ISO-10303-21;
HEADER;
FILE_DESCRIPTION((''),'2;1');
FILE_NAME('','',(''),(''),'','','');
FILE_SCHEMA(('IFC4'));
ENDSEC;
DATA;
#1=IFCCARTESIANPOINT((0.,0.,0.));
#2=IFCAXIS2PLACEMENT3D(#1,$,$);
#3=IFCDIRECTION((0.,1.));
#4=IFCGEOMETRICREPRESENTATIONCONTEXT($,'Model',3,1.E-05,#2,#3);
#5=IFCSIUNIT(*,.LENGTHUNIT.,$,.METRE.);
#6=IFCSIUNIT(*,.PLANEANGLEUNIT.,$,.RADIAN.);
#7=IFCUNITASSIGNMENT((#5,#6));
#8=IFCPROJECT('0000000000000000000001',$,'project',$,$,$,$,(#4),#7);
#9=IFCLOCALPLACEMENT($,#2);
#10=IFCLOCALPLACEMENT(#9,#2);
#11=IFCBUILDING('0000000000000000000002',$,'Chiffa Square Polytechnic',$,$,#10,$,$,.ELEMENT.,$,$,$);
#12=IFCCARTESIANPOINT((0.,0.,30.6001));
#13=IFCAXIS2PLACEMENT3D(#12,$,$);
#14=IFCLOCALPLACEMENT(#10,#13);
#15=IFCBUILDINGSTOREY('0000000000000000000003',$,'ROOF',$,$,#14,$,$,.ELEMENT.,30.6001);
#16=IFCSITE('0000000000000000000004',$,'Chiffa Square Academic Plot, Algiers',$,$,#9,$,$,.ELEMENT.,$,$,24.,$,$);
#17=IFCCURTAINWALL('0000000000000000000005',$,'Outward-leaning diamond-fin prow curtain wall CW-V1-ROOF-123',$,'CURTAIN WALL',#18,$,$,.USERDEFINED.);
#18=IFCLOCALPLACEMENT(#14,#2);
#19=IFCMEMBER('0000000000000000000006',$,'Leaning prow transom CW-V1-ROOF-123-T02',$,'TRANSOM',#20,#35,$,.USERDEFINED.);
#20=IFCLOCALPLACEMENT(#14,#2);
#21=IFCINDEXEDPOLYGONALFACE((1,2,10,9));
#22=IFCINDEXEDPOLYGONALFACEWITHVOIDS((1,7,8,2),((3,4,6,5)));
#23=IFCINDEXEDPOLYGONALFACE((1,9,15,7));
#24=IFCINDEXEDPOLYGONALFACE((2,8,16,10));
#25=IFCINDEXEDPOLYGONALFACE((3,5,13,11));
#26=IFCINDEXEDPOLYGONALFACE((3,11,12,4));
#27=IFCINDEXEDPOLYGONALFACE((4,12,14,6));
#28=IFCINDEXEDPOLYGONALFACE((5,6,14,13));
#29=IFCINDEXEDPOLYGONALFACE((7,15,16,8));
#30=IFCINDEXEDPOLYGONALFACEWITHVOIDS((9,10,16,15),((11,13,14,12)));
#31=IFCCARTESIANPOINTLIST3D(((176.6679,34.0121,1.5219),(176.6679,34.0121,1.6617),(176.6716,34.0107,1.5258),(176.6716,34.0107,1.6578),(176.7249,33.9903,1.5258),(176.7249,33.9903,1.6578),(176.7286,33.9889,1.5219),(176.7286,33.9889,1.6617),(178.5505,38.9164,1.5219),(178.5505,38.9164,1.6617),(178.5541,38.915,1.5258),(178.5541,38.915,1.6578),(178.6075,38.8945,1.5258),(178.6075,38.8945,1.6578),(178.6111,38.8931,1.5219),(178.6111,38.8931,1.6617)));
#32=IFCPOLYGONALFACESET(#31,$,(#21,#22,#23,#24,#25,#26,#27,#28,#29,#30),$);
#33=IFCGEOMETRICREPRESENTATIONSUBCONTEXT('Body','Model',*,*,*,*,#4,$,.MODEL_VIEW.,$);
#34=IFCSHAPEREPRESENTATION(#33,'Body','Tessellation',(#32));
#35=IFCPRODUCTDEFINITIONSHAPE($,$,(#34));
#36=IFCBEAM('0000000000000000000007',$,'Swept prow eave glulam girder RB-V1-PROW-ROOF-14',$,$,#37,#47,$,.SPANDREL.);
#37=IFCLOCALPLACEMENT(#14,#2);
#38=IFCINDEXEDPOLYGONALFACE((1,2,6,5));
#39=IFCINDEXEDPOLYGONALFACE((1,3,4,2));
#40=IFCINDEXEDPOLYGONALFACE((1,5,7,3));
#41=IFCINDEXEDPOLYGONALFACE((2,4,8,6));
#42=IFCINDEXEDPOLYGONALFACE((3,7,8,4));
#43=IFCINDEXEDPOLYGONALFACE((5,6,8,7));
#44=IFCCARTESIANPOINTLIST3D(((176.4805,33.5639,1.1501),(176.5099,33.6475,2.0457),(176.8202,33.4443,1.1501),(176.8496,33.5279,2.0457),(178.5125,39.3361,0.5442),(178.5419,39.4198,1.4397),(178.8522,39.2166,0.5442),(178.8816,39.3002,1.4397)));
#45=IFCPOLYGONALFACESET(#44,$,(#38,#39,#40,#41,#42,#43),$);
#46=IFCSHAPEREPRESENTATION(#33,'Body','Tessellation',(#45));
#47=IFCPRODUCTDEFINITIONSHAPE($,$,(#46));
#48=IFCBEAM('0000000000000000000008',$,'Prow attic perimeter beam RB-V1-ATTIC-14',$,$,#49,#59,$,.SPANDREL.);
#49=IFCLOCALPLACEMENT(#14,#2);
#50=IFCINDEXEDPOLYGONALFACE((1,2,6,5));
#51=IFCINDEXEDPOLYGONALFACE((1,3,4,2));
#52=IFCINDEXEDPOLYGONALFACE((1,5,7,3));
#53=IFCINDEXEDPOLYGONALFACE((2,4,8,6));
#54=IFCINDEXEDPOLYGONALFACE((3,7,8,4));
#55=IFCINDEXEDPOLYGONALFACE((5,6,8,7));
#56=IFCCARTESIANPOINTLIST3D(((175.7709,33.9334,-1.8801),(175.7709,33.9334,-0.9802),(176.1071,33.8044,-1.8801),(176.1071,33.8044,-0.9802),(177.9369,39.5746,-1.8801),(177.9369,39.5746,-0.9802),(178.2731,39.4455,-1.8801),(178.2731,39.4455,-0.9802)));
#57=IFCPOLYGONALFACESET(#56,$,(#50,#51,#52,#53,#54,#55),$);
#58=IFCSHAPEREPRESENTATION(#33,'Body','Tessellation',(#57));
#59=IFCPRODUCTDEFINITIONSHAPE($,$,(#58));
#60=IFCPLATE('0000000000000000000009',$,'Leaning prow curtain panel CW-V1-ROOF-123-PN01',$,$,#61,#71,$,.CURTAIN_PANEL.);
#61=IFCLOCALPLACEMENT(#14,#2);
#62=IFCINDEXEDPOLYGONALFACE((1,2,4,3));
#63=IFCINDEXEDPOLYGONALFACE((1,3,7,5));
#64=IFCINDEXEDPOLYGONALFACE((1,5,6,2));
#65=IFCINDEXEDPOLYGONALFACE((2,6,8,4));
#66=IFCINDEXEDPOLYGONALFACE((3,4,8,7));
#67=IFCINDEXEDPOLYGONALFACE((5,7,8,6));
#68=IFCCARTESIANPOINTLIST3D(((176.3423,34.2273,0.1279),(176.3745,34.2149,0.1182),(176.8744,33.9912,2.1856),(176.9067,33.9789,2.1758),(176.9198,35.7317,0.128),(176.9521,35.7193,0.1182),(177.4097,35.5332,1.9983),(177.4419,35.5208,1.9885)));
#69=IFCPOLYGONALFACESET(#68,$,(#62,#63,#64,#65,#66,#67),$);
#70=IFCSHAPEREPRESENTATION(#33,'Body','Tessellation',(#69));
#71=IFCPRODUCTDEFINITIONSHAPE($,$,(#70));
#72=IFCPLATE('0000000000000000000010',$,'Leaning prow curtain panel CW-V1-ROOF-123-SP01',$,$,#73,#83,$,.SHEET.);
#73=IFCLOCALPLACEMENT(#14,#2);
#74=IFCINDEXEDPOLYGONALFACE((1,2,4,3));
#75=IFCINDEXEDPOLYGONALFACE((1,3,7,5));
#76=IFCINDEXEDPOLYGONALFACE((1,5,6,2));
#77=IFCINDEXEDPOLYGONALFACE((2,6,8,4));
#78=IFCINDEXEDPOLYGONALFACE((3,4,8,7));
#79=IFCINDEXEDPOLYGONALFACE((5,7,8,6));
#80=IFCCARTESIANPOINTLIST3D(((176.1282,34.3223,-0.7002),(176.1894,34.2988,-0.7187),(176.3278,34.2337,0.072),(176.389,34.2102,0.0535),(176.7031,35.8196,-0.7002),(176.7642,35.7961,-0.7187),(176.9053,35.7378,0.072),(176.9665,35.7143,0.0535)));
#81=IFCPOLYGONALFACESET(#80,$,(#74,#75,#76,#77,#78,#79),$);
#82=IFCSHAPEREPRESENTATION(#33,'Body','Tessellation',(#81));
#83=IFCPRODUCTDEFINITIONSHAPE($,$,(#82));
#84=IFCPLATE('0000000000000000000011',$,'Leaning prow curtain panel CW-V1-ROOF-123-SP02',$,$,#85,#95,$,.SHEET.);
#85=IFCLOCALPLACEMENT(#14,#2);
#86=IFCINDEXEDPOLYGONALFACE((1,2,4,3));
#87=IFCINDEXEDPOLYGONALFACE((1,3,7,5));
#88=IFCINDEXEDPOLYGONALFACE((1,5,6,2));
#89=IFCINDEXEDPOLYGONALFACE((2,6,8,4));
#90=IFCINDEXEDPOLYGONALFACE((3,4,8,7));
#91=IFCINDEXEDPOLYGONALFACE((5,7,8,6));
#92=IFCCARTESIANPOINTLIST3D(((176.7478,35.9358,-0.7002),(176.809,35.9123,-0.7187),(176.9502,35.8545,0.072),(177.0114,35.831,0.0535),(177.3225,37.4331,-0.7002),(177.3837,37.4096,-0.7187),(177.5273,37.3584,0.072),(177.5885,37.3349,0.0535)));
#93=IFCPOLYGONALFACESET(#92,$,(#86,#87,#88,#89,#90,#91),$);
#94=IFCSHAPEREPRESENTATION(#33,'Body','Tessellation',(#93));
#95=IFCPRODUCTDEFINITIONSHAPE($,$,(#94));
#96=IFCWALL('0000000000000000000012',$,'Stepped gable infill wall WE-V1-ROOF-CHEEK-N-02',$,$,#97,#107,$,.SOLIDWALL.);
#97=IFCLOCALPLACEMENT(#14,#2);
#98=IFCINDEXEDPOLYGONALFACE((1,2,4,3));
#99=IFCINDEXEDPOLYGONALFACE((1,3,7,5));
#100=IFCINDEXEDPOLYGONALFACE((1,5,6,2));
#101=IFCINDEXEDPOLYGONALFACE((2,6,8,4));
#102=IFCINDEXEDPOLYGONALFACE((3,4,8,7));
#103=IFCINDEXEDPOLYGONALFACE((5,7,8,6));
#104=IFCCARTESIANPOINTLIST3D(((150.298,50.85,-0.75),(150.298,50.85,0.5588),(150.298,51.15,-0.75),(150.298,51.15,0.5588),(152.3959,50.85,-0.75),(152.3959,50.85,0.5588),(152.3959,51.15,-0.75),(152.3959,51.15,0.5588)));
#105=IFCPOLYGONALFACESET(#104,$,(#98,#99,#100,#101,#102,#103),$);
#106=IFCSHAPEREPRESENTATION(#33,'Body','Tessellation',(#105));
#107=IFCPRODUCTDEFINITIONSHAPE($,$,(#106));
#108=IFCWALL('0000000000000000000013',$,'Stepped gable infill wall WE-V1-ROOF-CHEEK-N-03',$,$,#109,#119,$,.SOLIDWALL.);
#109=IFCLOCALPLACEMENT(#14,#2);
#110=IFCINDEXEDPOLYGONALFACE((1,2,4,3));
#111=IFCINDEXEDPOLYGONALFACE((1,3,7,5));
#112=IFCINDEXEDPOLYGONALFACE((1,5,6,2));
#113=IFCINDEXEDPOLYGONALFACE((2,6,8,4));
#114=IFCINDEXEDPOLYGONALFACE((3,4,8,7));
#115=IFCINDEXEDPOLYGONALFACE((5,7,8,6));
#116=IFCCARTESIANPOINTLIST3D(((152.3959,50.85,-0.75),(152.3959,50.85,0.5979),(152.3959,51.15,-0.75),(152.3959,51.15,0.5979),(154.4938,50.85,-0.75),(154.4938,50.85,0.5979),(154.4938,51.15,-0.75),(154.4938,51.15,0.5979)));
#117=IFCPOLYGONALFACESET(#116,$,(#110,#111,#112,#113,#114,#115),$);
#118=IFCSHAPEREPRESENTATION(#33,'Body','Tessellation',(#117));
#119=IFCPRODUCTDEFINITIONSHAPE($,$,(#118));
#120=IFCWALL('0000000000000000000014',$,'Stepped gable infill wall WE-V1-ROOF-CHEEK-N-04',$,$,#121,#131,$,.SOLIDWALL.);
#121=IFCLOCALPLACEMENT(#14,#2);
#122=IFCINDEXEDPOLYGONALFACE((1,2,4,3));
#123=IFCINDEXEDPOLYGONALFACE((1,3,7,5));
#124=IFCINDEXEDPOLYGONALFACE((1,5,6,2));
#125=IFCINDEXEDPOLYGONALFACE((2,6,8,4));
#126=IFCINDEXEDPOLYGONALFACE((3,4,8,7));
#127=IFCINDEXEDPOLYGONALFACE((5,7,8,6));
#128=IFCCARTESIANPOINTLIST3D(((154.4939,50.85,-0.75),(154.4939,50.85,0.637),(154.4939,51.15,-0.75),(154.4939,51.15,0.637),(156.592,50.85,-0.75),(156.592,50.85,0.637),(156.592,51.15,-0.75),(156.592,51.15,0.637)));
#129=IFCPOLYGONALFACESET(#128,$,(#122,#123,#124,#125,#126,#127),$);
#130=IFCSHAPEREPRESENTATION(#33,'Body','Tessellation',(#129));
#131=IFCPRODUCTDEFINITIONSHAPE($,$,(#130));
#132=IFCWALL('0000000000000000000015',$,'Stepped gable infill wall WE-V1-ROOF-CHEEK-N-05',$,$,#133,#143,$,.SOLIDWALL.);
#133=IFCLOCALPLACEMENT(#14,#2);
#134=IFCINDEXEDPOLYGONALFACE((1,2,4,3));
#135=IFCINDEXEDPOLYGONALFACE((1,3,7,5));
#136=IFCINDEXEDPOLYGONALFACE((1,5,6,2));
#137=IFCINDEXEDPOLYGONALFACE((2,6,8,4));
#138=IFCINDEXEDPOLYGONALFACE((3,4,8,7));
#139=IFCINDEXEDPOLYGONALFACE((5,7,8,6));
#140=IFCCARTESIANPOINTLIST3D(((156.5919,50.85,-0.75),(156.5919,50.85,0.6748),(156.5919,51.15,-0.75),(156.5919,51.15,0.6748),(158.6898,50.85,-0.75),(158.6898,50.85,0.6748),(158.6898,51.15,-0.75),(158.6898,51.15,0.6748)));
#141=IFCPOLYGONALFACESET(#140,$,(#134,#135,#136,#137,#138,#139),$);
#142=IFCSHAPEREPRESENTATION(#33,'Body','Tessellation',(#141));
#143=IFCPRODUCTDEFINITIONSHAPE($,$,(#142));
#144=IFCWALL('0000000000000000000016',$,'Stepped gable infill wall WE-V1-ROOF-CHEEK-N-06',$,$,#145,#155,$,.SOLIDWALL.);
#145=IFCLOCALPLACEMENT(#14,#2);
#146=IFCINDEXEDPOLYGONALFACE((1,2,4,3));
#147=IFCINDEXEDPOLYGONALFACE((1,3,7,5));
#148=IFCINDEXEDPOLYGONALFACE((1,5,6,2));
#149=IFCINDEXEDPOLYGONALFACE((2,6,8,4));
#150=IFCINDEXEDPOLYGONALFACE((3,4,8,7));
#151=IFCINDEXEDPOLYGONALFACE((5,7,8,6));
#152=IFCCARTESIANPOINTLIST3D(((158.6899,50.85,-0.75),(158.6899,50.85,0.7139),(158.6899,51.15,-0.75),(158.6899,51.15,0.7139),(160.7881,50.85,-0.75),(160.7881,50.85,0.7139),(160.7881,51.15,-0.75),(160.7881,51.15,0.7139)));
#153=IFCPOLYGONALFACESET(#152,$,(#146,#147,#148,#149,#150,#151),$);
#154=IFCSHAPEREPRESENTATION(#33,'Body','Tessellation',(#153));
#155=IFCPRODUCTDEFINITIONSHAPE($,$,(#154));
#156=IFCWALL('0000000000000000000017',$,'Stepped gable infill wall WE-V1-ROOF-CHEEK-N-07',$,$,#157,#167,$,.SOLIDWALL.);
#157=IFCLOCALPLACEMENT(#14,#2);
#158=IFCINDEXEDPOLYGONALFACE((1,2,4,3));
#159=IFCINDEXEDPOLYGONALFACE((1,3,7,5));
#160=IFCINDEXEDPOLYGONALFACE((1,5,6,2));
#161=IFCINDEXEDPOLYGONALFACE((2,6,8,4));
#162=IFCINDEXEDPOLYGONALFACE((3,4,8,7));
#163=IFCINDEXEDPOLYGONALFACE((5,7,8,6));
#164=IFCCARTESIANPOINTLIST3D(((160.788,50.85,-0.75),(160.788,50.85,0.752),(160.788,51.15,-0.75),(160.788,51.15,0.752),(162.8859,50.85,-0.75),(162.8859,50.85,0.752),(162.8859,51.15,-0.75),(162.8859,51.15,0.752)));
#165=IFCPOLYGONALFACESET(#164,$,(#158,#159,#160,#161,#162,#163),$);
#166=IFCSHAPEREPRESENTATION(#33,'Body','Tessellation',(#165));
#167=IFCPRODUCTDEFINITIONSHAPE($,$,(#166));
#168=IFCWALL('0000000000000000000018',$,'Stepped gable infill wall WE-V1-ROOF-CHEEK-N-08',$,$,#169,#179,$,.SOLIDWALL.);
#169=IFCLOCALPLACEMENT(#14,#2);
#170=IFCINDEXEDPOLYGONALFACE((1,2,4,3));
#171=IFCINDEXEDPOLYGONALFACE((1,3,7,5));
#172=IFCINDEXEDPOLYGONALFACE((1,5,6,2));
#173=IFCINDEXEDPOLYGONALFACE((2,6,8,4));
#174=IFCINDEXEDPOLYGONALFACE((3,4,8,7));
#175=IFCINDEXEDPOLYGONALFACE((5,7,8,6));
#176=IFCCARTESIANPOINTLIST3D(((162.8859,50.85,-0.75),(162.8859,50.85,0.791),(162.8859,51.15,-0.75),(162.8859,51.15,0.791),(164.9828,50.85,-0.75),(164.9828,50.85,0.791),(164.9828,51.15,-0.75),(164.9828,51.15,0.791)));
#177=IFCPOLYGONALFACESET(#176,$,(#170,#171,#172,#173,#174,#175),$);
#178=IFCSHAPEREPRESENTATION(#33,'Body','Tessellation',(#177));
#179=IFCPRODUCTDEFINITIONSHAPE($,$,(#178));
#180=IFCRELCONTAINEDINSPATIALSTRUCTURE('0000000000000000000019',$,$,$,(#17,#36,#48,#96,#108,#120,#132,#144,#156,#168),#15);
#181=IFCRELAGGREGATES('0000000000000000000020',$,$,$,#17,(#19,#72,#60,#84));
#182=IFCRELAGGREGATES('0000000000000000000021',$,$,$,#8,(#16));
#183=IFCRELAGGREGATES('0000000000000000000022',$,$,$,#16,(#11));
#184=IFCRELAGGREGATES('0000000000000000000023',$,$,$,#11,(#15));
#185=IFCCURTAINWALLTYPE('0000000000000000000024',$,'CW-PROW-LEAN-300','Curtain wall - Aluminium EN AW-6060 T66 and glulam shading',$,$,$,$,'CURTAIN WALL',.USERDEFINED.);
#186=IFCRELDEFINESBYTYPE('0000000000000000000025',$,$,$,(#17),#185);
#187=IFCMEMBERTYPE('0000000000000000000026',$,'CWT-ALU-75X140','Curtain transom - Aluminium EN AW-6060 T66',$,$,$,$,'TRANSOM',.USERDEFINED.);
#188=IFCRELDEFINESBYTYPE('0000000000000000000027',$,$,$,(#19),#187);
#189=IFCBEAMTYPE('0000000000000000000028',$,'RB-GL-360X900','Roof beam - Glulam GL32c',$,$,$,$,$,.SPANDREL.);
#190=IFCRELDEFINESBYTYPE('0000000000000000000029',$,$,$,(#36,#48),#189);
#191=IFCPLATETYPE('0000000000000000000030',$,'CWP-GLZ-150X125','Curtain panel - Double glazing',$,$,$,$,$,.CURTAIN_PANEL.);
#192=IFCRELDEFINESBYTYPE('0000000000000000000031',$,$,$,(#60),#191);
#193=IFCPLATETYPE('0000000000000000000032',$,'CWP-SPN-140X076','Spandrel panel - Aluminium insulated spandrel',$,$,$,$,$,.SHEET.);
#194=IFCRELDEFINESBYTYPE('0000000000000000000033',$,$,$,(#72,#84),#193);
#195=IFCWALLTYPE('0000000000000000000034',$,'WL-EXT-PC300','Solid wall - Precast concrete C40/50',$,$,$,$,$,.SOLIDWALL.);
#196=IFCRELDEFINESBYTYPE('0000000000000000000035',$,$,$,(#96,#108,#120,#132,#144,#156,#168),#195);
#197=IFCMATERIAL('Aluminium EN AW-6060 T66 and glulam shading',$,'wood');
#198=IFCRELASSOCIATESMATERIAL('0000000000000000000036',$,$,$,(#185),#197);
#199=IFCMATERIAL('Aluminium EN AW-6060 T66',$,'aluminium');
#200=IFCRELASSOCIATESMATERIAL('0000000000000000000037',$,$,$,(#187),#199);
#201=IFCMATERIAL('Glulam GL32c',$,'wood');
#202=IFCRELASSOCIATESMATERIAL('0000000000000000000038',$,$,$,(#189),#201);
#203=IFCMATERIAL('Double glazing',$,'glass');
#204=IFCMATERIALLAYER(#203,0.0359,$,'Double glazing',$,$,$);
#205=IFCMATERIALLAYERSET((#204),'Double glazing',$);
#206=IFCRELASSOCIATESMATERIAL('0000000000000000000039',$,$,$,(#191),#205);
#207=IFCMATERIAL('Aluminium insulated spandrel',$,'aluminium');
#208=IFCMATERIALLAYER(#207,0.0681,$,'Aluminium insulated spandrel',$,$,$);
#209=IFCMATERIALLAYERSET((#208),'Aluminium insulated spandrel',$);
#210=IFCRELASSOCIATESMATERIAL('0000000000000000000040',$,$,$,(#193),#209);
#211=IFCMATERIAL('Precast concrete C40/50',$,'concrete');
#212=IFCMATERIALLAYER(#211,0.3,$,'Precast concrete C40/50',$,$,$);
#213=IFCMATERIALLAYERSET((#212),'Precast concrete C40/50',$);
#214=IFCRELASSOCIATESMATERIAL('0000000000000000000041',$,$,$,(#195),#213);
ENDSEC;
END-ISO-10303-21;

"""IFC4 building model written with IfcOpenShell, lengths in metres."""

from ifc_helpers import new_model, si_unit, direction, frame, frame_2d, origin, origin_2d, place, context, subcontext, project, spatial, polyline, rectangle, hollow_rectangle, outline, extrude, material, layer, layer_set, material_profile, profile_set, type_object, element, aggregate, save


model = new_model("IFC4")

# Units and contexts
model_context = context("Model", 3, precision=1e-05, world=origin(), true_north=direction((0.0, 1.0)))
body_context = subcontext(model_context, "Body", "Model", "MODEL_VIEW")
ifc_project = project(units=[si_unit("LENGTHUNIT", "METRE"), si_unit("PLANEANGLEUNIT", "RADIAN")], contexts=[model_context])

# Site, building, storey
site_placement = place(None, origin())
site = spatial("IfcSite", under=ifc_project, at=site_placement, Name="Chiffa Square Academic Plot, Algiers", CompositionType="ELEMENT", RefElevation=24.0)
building_placement = place(site_placement, origin())
building = spatial("IfcBuilding", under=site, at=building_placement, Name="Chiffa Square Polytechnic", CompositionType="ELEMENT")
storey_placement = place(building_placement, frame((0.0, 0.0, 30.6001)))
storey = spatial("IfcBuildingStorey", under=building, at=storey_placement, Name="ROOF", CompositionType="ELEMENT", Elevation=30.6001)

# Shared definitions
ifc_material_1 = material(Name="Glulam GL32c", Category="wood")

# Curtain wall, member
ifc_material_2 = material(Name="Aluminium EN AW-6060 T66 and glulam shading", Category="wood")
curtain_wall_type = type_object("IfcCurtainWallType", Name="CW-PROW-LEAN-300", Description="Curtain wall - Aluminium EN AW-6060 T66 and glulam shading", ElementType="CURTAIN WALL", PredefinedType="USERDEFINED", material=ifc_material_2)
curtain_wall_placement = place(storey_placement, origin())
curtain_wall = element("IfcCurtainWall", 1, at=curtain_wall_placement, inside=storey, type_object=curtain_wall_type, Name="Outward-leaning diamond-fin prow curtain wall CW-V1-ROOF-123", ObjectType="CURTAIN WALL", PredefinedType="USERDEFINED")
ifc_material_3 = material(Name="Aluminium EN AW-6060 T66", Category="aluminium")
ifc_material_profile_1 = material_profile(ifc_material_3, hollow_rectangle(XDim=0.0649, YDim=0.1399, WallThickness=0.0039, at=origin_2d()), Name="ALU 65x140x4")
ifc_profile_set_1 = profile_set([ifc_material_profile_1], Name="Aluminium EN AW-6060 T66")
member_type_1 = type_object("IfcMemberType", Name="CWT-ALU-75X140", Description="Curtain transom - Aluminium EN AW-6060 T66", ElementType="TRANSOM", PredefinedType="USERDEFINED", material=ifc_profile_set_1)
member_1_placement = place(storey_placement, frame((176.6982, 34.0005, 1.5918), z_axis=(0.358365, 0.933581, 0.0), x_axis=(-0.933581, 0.358365, 0.0)))
member_1 = element("IfcMember", 2, at=member_1_placement, type_object=member_type_1, Name="Leaning prow transom CW-V1-ROOF-123-T02", ObjectType="TRANSOM", PredefinedType="USERDEFINED", context=body_context, shape_type="SweptSolid", body=[
    extrude(hollow_rectangle(XDim=0.0649, YDim=0.1399, WallThickness=0.0039, at=origin_2d()), origin(), (0.0, 0.0, 1.0), 5.2532),
])

# Beams
ifc_material_profile_2 = material_profile(ifc_material_1, rectangle(XDim=0.3601, YDim=0.8999, at=origin_2d()), Name="GL32c 360x900")
ifc_profile_set_2 = profile_set([ifc_material_profile_2], Name="Glulam GL32c")
beam_type_1 = type_object("IfcBeamType", Name="RB-GL-360X900", Description="Roof beam - Glulam GL32c", PredefinedType="SPANDREL", material=ifc_profile_set_2)
beam_1_placement = place(storey_placement, frame((176.665, 33.5459, 1.5979), z_axis=(0.330438, 0.93867, -0.09854), x_axis=(-0.94326, 0.332054, 0.0)))
element("IfcBeam", 3, at=beam_1_placement, inside=storey, type_object=beam_type_1, Name="Swept prow eave glulam girder RB-V1-PROW-ROOF-14", PredefinedType="SPANDREL", context=body_context, shape_type="SweptSolid", body=[
    extrude(rectangle(XDim=0.3601, YDim=0.8999, at=origin_2d()), origin(), (0.0, 0.0, 1.0), 6.1494),
])
beam_2_placement = place(storey_placement, frame((175.939, 33.8689, -1.4302), z_axis=(0.358454, 0.933547, 0.0), x_axis=(-0.933547, 0.358454, 0.0)))
element("IfcBeam", 4, at=beam_2_placement, inside=storey, type_object=beam_type_1, Name="Prow attic perimeter beam RB-V1-ATTIC-14", PredefinedType="SPANDREL", context=body_context, shape_type="SweptSolid", body=[
    extrude(rectangle(XDim=0.3601, YDim=0.8999, at=origin_2d()), origin(), (0.0, 0.0, 1.0), 6.0427),
])

# Plates
ifc_material_4 = material(Name="Double glazing", Category="glass")
ifc_layer_1 = layer(ifc_material_4, 0.0359, Name="Double glazing")
ifc_layer_set_1 = layer_set([ifc_layer_1], Name="Double glazing")
plate_type_1 = type_object("IfcPlateType", Name="CWP-GLZ-150X125", Description="Curtain panel - Double glazing", PredefinedType="CURTAIN_PANEL", material=ifc_layer_set_1)
plate_1_placement = place(storey_placement, frame((176.3423, 34.2273, 0.1279), z_axis=(-0.898402, 0.344884, 0.2719), x_axis=(0.358391, 0.933572, 0.000018)))
plate_1 = element("IfcPlate", 5, at=plate_1_placement, type_object=plate_type_1, Name="Leaning prow curtain panel CW-V1-ROOF-123-PN01", PredefinedType="CURTAIN_PANEL", context=body_context, shape_type="SweptSolid", body=[
    extrude(outline(polyline([(0.0, 0.0), (1.6115, 0.0), (1.6017, -1.9436), (-0.0296, -2.1382), (0.0, 0.0)])), origin(), (0.0, 0.0, -1.0), 0.0359),
])
ifc_material_5 = material(Name="Aluminium insulated spandrel", Category="aluminium")
ifc_layer_2 = layer(ifc_material_5, 0.0681, Name="Aluminium insulated spandrel")
ifc_layer_set_2 = layer_set([ifc_layer_2], Name="Aluminium insulated spandrel")
plate_type_2 = type_object("IfcPlateType", Name="CWP-SPN-140X076", Description="Spandrel panel - Aluminium insulated spandrel", PredefinedType="SHEET", material=ifc_layer_set_2)
plate_2_placement = place(storey_placement, frame((176.1282, 34.3223, -0.7002), z_axis=(-0.89841, 0.344924, 0.271821), x_axis=(0.358423, 0.933559, 0.000014)))
plate_2 = element("IfcPlate", 6, at=plate_2_placement, type_object=plate_type_2, Name="Leaning prow curtain panel CW-V1-ROOF-123-SP01", PredefinedType="SHEET", context=body_context, shape_type="SweptSolid", body=[
    extrude(outline(polyline([(0.0, 0.0), (1.6039, 0.0), (1.6, -0.8024), (-0.0111, -0.8025), (0.0, 0.0)])), origin(), (0.0, 0.0, -1.0), 0.0681),
])
plate_3_placement = place(storey_placement, frame((176.7478, 35.9358, -0.7002), z_axis=(-0.898472, 0.34483, 0.271735), x_axis=(0.358314, 0.933601, 0.000007)))
plate_3 = element("IfcPlate", 7, at=plate_3_placement, type_object=plate_type_2, Name="Leaning prow curtain panel CW-V1-ROOF-123-SP02", PredefinedType="SHEET", context=body_context, shape_type="SweptSolid", body=[
    extrude(outline(polyline([(0.0, 0.0), (1.6038, 0.0), (1.6075, -0.8024), (-0.0034, -0.8024), (0.0, 0.0)])), origin(), (0.0, 0.0, -1.0), 0.0681),
])
aggregate(curtain_wall, [member_1, plate_2, plate_1, plate_3])

# Walls
ifc_material_6 = material(Name="Precast concrete C40/50", Category="concrete")
ifc_layer_3 = layer(ifc_material_6, 0.3, Name="Precast concrete C40/50")
ifc_layer_set_3 = layer_set([ifc_layer_3], Name="Precast concrete C40/50")
wall_type = type_object("IfcWallType", Name="WL-EXT-PC300", Description="Solid wall - Precast concrete C40/50", PredefinedType="SOLIDWALL", material=ifc_layer_set_3)
wall_1_placement = place(storey_placement, frame((150.2981, 51.0, -0.75), z_axis=(0.0, 0.0, 1.0), x_axis=(1.0, 0.0, 0.0)))
element("IfcWall", 8, at=wall_1_placement, inside=storey, type_object=wall_type, Name="Stepped gable infill wall WE-V1-ROOF-CHEEK-N-02", PredefinedType="SOLIDWALL", context=body_context, shape_type="SweptSolid", body=[
    extrude(rectangle(XDim=2.0979, YDim=0.3, at=frame_2d((1.0488, 0.0))), origin(), (0.0, 0.0, 1.0), 1.3088),
])
wall_2_placement = place(storey_placement, frame((152.396, 51.0, -0.75), z_axis=(0.0, 0.0, 1.0), x_axis=(1.0, 0.0, 0.0)))
element("IfcWall", 9, at=wall_2_placement, inside=storey, type_object=wall_type, Name="Stepped gable infill wall WE-V1-ROOF-CHEEK-N-03", PredefinedType="SOLIDWALL", context=body_context, shape_type="SweptSolid", body=[
    extrude(rectangle(XDim=2.0979, YDim=0.3, at=frame_2d((1.0488, 0.0))), origin(), (0.0, 0.0, 1.0), 1.3479),
])
wall_3_placement = place(storey_placement, frame((154.4939, 51.0, -0.75), z_axis=(0.0, 0.0, 1.0), x_axis=(1.0, 0.0, 0.0)))
element("IfcWall", 10, at=wall_3_placement, inside=storey, type_object=wall_type, Name="Stepped gable infill wall WE-V1-ROOF-CHEEK-N-04", PredefinedType="SOLIDWALL", context=body_context, shape_type="SweptSolid", body=[
    extrude(rectangle(XDim=2.0981, YDim=0.3, at=frame_2d((1.0491, 0.0))), origin(), (0.0, 0.0, 1.0), 1.387),
])
wall_4_placement = place(storey_placement, frame((156.592, 51.0, -0.75), z_axis=(0.0, 0.0, 1.0), x_axis=(1.0, 0.0, 0.0)))
element("IfcWall", 11, at=wall_4_placement, inside=storey, type_object=wall_type, Name="Stepped gable infill wall WE-V1-ROOF-CHEEK-N-05", PredefinedType="SOLIDWALL", context=body_context, shape_type="SweptSolid", body=[
    extrude(rectangle(XDim=2.0979, YDim=0.3, at=frame_2d((1.0488, 0.0))), origin(), (0.0, 0.0, 1.0), 1.4248),
])
wall_5_placement = place(storey_placement, frame((158.6899, 51.0, -0.75), z_axis=(0.0, 0.0, 1.0), x_axis=(1.0, 0.0, 0.0)))
element("IfcWall", 12, at=wall_5_placement, inside=storey, type_object=wall_type, Name="Stepped gable infill wall WE-V1-ROOF-CHEEK-N-06", PredefinedType="SOLIDWALL", context=body_context, shape_type="SweptSolid", body=[
    extrude(rectangle(XDim=2.0981, YDim=0.3, at=frame_2d((1.0491, 0.0))), origin(), (0.0, 0.0, 1.0), 1.4639),
])
wall_6_placement = place(storey_placement, frame((160.7881, 51.0, -0.75), z_axis=(0.0, 0.0, 1.0), x_axis=(1.0, 0.0, 0.0)))
element("IfcWall", 13, at=wall_6_placement, inside=storey, type_object=wall_type, Name="Stepped gable infill wall WE-V1-ROOF-CHEEK-N-07", PredefinedType="SOLIDWALL", context=body_context, shape_type="SweptSolid", body=[
    extrude(rectangle(XDim=2.0979, YDim=0.3, at=frame_2d((1.0488, 0.0))), origin(), (0.0, 0.0, 1.0), 1.502),
])
wall_7_placement = place(storey_placement, frame((162.886, 51.0, -0.75), z_axis=(0.0, 0.0, 1.0), x_axis=(1.0, 0.0, 0.0)))
element("IfcWall", 14, at=wall_7_placement, inside=storey, type_object=wall_type, Name="Stepped gable infill wall WE-V1-ROOF-CHEEK-N-08", PredefinedType="SOLIDWALL", context=body_context, shape_type="SweptSolid", body=[
    extrude(rectangle(XDim=2.0969, YDim=0.3, at=frame_2d((1.0483, 0.0))), origin(), (0.0, 0.0, 1.0), 1.541),
])

save(model, "model.ifc")
